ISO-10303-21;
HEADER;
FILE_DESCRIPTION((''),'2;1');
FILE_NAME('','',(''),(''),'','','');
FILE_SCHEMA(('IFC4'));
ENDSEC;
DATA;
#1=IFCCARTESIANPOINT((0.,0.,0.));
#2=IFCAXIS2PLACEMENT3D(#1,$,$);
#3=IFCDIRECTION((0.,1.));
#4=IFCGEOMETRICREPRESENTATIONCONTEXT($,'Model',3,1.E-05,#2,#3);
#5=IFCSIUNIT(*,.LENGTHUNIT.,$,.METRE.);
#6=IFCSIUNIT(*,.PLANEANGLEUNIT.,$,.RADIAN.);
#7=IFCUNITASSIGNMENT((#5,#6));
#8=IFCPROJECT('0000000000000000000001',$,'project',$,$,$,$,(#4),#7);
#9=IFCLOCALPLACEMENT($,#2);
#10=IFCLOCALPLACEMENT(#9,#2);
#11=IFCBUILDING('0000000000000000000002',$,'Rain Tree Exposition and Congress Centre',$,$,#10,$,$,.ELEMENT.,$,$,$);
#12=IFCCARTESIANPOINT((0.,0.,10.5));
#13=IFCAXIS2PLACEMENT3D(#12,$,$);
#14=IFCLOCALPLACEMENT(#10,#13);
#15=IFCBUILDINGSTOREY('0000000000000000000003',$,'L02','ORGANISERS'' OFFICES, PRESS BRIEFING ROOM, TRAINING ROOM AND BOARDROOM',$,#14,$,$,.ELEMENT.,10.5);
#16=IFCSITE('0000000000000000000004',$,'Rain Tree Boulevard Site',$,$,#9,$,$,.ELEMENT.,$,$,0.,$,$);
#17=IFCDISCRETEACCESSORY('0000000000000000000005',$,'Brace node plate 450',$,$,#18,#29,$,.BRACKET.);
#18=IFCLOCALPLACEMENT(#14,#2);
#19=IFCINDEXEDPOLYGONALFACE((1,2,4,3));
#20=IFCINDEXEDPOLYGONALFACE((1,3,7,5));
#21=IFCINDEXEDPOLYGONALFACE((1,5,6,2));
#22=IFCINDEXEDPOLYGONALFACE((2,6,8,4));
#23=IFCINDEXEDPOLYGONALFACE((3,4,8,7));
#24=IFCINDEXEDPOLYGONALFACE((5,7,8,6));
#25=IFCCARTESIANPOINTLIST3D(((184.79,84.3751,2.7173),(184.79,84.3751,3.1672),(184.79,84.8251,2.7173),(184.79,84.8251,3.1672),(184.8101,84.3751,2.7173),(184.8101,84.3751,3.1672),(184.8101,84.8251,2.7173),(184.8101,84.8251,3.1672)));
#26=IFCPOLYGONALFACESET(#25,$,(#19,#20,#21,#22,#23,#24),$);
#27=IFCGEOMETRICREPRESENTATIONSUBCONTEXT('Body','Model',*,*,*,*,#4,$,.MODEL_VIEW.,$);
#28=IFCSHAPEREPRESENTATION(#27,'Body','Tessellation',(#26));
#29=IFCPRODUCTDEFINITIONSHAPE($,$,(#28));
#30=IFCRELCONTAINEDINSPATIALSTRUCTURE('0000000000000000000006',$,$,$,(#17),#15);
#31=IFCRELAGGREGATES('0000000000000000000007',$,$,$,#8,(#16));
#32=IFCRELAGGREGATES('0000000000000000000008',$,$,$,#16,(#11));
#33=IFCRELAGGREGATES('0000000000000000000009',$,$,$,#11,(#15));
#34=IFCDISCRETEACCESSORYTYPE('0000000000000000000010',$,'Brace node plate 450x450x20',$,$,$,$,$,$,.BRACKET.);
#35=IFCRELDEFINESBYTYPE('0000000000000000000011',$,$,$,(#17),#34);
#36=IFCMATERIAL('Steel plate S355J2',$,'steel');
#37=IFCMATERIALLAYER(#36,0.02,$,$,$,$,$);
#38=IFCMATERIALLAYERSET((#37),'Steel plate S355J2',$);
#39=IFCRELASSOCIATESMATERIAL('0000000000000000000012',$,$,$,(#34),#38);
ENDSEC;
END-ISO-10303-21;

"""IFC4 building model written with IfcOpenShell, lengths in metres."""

from ifc_helpers import new_model, si_unit, direction, frame, origin, origin_2d, place, context, subcontext, project, spatial, rectangle, extrude, material, layer, layer_set, type_object, element, save


model = new_model("IFC4")

# Units and contexts
model_context = context("Model", 3, precision=1e-05, world=origin(), true_north=direction((0.0, 1.0)))
body_context = subcontext(model_context, "Body", "Model", "MODEL_VIEW")
ifc_project = project(units=[si_unit("LENGTHUNIT", "METRE"), si_unit("PLANEANGLEUNIT", "RADIAN")], contexts=[model_context])

# Site, building, storey
site_placement = place(None, origin())
site = spatial("IfcSite", under=ifc_project, at=site_placement, Name="Rain Tree Boulevard Site", CompositionType="ELEMENT", RefElevation=0.0)
building_placement = place(site_placement, origin())
building = spatial("IfcBuilding", under=site, at=building_placement, Name="Rain Tree Exposition and Congress Centre", CompositionType="ELEMENT")
storey_placement = place(building_placement, frame((0.0, 0.0, 10.5)))
storey = spatial("IfcBuildingStorey", under=building, at=storey_placement, Name="L02", Description="ORGANISERS' OFFICES, PRESS BRIEFING ROOM, TRAINING ROOM AND BOARDROOM", CompositionType="ELEMENT", Elevation=10.5)

# Discrete accessory
ifc_material_1 = material(Name="Steel plate S355J2", Category="steel")
ifc_layer = layer(ifc_material_1, 0.02)
ifc_layer_set = layer_set([ifc_layer], Name="Steel plate S355J2")
discrete_accessory_type = type_object("IfcDiscreteAccessoryType", Name="Brace node plate 450x450x20", PredefinedType="BRACKET", material=ifc_layer_set)
for number, where, z_axis, x_axis, name in (
    (1, (184.8, 84.6001, 2.7173), (0.0, 0.0, 1.0), (0.0, 1.0, 0.0), "Brace node plate 450"),
):
    element("IfcDiscreteAccessory", number, at=place(storey_placement, frame(where, z_axis=z_axis, x_axis=x_axis)), inside=storey, type_object=discrete_accessory_type, Name=name, PredefinedType="BRACKET", context=body_context, shape_type="SweptSolid", body=[
        extrude(rectangle(XDim=0.45, YDim=0.02, at=origin_2d()), origin(), (0.0, 0.0, 1.0), 0.45),
    ])

save(model, "model.ifc")
